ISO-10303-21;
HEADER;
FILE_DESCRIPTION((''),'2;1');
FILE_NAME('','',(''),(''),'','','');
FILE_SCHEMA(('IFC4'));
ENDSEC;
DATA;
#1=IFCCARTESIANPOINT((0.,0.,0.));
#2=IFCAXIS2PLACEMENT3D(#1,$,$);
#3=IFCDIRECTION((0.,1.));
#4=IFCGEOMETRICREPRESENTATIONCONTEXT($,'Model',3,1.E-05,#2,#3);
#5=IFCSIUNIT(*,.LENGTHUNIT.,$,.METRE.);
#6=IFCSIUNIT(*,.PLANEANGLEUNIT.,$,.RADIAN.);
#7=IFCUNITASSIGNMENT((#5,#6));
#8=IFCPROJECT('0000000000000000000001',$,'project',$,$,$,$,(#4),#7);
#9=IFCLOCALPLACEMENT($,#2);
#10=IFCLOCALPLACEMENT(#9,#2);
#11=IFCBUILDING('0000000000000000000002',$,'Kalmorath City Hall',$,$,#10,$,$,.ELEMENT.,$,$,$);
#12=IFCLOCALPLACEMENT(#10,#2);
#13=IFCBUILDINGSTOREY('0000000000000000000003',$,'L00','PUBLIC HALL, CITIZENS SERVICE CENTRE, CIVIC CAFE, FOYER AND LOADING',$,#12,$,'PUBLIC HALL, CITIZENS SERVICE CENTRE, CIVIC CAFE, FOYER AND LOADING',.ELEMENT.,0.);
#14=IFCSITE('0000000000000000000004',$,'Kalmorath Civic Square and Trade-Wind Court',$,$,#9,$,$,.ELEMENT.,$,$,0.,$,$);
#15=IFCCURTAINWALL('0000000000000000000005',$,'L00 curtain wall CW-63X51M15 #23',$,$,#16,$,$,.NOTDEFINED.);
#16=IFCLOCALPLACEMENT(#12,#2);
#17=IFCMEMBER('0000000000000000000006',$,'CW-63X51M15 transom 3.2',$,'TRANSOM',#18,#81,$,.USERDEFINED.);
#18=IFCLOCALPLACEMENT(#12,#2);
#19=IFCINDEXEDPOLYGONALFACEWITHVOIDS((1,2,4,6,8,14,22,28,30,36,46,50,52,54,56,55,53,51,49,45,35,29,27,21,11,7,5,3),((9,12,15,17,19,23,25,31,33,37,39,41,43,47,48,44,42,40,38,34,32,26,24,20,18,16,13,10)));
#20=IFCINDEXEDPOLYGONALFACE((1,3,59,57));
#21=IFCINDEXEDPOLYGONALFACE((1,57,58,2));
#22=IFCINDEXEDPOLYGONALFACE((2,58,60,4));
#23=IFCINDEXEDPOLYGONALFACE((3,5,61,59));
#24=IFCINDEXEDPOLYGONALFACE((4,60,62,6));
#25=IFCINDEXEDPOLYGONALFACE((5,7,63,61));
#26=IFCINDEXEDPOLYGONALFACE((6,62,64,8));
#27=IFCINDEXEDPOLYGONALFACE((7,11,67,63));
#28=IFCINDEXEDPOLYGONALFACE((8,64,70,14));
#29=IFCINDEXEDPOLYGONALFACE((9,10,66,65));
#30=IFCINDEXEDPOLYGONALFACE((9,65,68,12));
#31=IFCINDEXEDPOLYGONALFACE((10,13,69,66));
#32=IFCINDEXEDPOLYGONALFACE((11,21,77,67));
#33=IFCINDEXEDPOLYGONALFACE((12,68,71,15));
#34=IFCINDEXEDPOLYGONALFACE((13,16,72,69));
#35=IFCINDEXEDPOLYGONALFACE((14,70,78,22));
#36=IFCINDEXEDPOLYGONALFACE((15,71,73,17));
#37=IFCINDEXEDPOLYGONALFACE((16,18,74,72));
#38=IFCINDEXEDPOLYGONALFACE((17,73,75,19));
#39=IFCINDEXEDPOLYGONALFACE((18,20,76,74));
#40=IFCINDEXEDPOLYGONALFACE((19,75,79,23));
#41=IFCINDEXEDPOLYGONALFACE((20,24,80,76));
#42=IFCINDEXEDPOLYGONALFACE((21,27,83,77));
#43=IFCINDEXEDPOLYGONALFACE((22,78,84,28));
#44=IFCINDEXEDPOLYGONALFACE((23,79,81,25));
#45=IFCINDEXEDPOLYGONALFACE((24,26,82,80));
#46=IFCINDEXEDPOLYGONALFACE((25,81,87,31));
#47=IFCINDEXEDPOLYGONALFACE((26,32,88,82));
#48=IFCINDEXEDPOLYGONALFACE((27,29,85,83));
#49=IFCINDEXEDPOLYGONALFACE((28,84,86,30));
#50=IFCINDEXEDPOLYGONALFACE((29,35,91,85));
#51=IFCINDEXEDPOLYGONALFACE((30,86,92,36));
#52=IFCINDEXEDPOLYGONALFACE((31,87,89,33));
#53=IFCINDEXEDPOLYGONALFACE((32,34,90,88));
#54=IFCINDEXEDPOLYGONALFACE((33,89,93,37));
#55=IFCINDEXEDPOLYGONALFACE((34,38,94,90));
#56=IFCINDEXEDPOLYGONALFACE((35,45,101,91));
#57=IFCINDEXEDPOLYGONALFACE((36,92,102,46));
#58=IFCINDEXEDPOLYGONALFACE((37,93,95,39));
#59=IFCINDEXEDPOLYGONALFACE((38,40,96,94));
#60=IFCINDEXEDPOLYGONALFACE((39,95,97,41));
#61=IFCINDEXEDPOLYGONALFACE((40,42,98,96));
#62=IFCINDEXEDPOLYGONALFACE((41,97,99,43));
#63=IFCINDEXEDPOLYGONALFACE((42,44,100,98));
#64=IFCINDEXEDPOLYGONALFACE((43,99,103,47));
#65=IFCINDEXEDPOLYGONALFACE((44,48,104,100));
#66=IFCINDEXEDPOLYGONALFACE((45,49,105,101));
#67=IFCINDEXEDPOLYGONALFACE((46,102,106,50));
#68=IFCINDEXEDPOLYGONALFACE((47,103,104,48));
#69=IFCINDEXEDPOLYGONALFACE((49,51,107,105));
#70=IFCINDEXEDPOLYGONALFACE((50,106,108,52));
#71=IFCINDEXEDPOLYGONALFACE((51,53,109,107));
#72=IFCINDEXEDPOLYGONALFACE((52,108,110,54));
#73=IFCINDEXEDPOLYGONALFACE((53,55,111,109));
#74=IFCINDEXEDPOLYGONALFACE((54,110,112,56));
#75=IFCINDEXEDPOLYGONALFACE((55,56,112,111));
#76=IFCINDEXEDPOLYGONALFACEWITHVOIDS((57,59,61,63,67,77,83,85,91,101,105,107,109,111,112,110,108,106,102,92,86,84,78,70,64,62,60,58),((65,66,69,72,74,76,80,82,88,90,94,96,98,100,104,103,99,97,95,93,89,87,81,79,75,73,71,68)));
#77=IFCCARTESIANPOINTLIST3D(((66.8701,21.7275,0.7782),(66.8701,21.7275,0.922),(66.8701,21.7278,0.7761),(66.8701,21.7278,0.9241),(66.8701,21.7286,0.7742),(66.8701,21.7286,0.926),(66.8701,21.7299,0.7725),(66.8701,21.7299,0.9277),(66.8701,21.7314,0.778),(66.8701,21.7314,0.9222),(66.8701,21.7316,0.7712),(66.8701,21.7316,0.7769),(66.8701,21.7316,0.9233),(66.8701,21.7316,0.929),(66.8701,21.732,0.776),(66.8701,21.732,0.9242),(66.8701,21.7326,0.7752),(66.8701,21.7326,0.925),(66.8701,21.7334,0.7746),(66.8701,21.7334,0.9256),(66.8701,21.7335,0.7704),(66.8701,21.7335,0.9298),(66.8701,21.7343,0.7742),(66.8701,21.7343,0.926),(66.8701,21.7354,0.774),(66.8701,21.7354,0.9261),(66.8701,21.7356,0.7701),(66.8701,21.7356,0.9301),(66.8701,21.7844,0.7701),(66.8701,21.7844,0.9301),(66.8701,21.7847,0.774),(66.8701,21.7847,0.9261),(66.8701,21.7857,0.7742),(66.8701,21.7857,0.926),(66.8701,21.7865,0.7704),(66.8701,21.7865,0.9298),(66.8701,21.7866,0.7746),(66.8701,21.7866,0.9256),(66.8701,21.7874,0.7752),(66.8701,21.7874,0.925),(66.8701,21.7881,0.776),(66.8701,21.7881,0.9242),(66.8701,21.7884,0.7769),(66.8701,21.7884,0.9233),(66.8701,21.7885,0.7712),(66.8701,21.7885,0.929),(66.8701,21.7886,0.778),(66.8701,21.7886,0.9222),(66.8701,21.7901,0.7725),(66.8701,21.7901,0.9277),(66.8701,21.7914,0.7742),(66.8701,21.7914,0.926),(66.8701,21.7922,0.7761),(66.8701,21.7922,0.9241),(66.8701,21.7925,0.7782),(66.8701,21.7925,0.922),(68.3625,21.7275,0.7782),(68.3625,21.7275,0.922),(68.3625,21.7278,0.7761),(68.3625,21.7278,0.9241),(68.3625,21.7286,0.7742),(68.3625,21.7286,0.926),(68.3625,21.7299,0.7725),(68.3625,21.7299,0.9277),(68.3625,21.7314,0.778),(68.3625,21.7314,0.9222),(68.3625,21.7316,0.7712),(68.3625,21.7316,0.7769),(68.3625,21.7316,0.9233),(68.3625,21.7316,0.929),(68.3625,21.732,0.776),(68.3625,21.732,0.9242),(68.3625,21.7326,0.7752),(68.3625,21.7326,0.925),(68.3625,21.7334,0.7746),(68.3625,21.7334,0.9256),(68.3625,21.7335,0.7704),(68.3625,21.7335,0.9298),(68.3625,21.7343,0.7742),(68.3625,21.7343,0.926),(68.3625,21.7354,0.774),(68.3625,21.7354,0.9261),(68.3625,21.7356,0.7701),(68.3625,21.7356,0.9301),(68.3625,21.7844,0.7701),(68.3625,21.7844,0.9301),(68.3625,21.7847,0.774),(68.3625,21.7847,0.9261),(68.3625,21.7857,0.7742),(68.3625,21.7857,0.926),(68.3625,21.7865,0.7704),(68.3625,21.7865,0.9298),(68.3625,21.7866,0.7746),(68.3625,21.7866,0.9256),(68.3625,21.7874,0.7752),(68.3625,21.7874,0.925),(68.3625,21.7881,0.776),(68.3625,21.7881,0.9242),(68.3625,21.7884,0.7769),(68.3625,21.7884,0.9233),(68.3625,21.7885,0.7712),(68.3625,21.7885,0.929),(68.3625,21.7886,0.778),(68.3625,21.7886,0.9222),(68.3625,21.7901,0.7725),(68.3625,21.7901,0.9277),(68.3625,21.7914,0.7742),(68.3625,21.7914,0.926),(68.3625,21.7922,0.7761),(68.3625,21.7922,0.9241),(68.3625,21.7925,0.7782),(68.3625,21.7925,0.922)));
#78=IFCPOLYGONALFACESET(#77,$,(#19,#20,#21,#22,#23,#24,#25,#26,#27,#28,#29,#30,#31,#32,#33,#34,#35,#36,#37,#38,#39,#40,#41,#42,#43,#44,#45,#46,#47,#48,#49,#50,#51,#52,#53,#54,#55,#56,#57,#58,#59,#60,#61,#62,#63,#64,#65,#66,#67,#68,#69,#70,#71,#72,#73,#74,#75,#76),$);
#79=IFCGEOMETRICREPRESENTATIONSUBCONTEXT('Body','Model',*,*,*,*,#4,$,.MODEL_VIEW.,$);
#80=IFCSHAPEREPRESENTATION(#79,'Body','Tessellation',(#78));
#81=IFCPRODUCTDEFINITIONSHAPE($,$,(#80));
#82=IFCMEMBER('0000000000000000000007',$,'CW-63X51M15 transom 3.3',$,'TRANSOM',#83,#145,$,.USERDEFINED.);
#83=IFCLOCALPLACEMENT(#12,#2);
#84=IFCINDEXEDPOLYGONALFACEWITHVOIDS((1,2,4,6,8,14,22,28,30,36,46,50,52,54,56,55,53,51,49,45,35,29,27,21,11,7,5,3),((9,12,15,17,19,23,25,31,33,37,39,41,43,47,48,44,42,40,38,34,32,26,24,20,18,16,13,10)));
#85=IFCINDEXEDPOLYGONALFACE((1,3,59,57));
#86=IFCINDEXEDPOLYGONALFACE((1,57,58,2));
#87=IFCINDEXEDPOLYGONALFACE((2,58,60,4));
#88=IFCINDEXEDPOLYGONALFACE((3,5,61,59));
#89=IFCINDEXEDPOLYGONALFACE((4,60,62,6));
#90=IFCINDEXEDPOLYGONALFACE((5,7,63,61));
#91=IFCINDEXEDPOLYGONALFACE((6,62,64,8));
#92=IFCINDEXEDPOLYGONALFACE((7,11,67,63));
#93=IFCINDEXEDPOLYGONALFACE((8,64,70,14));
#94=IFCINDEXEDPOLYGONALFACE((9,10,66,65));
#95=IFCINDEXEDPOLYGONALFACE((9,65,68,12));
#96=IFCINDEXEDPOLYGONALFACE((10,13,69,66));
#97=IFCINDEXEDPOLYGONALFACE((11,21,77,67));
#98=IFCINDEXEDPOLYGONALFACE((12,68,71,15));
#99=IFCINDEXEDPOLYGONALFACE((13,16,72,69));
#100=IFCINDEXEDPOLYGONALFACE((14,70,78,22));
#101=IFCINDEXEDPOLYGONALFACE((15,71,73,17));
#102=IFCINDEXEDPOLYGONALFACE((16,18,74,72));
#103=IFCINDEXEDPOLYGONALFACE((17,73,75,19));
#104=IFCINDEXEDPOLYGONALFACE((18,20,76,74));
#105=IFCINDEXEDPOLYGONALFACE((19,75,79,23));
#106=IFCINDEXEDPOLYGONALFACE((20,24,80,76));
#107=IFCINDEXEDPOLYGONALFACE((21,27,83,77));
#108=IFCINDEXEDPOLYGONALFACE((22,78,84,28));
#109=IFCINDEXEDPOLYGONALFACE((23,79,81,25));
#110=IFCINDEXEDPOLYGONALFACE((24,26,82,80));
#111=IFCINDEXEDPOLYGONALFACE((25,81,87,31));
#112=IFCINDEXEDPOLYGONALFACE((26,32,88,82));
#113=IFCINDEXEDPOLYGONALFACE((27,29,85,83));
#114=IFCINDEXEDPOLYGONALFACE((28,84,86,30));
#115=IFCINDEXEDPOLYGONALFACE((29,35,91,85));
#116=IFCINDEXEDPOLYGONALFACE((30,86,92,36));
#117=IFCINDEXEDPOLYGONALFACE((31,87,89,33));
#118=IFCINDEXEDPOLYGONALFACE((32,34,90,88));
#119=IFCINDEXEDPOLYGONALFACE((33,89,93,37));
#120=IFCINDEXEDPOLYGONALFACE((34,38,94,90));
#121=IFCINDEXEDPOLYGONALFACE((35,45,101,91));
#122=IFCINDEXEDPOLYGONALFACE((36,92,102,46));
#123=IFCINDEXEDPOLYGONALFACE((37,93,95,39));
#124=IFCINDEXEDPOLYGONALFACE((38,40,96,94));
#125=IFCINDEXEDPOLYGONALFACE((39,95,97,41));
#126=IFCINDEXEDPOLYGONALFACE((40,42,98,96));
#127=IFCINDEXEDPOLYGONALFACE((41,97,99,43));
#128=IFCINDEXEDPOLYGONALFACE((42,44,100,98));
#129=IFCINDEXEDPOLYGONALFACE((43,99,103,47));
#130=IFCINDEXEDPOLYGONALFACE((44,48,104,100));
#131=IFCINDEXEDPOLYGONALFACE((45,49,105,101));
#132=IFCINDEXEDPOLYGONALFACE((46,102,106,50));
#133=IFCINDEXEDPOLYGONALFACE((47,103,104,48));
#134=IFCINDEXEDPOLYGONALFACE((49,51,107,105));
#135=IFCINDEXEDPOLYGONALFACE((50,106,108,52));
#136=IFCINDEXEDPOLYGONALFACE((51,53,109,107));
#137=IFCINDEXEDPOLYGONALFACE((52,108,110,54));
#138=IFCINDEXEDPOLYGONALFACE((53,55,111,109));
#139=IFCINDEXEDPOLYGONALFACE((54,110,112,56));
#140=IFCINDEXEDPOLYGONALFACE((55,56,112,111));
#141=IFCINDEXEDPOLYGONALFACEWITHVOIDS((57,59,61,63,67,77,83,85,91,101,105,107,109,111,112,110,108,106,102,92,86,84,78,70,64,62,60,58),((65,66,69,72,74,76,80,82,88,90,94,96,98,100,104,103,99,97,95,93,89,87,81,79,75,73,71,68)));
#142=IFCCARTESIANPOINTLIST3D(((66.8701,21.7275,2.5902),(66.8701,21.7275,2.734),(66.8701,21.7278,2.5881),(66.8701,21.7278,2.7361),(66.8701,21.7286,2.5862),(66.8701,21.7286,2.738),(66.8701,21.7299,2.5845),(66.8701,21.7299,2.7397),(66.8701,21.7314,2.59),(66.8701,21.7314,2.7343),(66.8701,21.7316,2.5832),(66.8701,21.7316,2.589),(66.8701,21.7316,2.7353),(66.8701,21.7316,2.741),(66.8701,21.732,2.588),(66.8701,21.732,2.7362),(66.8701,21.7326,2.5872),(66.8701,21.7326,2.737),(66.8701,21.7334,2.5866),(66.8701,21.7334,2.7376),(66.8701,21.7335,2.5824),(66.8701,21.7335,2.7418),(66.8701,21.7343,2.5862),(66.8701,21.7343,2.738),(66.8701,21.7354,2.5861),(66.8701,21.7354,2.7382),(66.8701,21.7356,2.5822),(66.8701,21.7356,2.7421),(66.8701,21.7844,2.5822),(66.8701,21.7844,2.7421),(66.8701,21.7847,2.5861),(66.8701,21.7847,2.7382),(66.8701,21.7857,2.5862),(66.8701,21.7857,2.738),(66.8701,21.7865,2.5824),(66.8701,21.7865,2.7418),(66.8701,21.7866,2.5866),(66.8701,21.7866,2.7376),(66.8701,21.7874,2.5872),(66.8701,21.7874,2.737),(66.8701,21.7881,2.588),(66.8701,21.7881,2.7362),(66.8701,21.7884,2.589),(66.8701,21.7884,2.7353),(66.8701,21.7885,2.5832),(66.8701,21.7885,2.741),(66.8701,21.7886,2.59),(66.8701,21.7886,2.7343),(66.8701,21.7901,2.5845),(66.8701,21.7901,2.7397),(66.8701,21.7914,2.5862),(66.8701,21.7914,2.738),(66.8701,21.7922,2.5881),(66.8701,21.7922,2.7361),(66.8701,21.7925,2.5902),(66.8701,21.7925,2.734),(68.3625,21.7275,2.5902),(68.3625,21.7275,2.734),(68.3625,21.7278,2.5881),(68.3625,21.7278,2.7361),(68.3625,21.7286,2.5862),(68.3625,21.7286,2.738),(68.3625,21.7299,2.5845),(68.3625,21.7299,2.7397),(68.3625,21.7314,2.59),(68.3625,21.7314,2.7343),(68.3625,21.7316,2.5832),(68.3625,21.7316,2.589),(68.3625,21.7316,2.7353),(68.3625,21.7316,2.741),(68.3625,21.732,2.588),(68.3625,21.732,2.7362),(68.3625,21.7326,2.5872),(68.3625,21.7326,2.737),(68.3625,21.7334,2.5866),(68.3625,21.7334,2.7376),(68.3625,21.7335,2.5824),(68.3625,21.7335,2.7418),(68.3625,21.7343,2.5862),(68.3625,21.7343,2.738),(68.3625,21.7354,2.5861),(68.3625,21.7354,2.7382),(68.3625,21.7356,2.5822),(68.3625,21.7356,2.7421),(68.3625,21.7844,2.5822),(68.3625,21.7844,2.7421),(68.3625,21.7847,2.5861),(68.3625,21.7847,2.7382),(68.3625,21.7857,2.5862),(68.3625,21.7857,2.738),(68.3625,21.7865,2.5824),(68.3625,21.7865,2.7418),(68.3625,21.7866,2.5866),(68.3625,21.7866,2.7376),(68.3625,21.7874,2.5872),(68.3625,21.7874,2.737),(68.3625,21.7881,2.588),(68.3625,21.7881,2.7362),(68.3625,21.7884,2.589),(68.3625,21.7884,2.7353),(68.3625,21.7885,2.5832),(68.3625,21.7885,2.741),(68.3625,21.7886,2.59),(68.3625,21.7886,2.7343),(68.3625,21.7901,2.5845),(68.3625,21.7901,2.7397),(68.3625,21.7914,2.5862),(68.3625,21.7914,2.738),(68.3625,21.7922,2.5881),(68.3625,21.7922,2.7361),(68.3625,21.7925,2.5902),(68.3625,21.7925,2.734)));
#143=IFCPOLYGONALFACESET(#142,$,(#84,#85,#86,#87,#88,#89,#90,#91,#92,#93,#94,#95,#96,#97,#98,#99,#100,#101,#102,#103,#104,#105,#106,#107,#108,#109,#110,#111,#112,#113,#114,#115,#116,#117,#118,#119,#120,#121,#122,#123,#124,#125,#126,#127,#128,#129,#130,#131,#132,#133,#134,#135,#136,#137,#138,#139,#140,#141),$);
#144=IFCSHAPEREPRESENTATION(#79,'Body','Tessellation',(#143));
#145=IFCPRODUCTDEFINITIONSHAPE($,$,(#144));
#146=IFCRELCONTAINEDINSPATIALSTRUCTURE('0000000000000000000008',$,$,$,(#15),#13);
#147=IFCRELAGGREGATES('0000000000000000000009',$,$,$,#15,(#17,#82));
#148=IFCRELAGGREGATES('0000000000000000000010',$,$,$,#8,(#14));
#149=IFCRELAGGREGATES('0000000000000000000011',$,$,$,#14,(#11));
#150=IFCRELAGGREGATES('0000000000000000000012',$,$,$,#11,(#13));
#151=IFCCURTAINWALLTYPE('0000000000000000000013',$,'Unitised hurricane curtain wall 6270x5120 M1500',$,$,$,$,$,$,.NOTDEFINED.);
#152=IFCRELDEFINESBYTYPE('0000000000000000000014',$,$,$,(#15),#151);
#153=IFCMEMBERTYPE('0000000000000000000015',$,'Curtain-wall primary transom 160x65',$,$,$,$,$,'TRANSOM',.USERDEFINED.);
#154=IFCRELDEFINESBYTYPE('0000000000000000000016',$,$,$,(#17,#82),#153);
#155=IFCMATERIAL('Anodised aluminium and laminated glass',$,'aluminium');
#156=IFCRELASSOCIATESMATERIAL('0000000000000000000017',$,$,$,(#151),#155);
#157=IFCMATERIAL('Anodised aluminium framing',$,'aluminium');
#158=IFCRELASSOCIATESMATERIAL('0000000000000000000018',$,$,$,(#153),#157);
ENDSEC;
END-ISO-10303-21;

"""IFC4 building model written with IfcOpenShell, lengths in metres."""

from ifc_helpers import new_model, si_unit, direction, frame, origin, origin_2d, place, context, subcontext, project, spatial, hollow_rectangle, extrude, material, material_profile, profile_set, type_object, element, aggregate, save


model = new_model("IFC4")

# Units and contexts
model_context = context("Model", 3, precision=1e-05, world=origin(), true_north=direction((0.0, 1.0)))
body_context = subcontext(model_context, "Body", "Model", "MODEL_VIEW")
ifc_project = project(units=[si_unit("LENGTHUNIT", "METRE"), si_unit("PLANEANGLEUNIT", "RADIAN")], contexts=[model_context])

# Site, building, storey
site_placement = place(None, origin())
site = spatial("IfcSite", under=ifc_project, at=site_placement, Name="Kalmorath Civic Square and Trade-Wind Court", CompositionType="ELEMENT", RefElevation=0.0)
building_placement = place(site_placement, origin())
building = spatial("IfcBuilding", under=site, at=building_placement, Name="Kalmorath City Hall", CompositionType="ELEMENT")
storey_placement = place(building_placement, origin())
storey = spatial("IfcBuildingStorey", under=building, at=storey_placement, Name="L00", Description="PUBLIC HALL, CITIZENS SERVICE CENTRE, CIVIC CAFE, FOYER AND LOADING", LongName="PUBLIC HALL, CITIZENS SERVICE CENTRE, CIVIC CAFE, FOYER AND LOADING", CompositionType="ELEMENT", Elevation=0.0)

# Curtain wall
ifc_material_1 = material(Name="Anodised aluminium and laminated glass", Category="aluminium")
curtain_wall_type_1 = type_object("IfcCurtainWallType", Name="Unitised hurricane curtain wall 6270x5120 M1500", PredefinedType="NOTDEFINED", material=ifc_material_1)
curtain_wall_1_placement = place(storey_placement, origin())
curtain_wall_1 = element("IfcCurtainWall", 1, at=curtain_wall_1_placement, inside=storey, type_object=curtain_wall_type_1, Name="L00 curtain wall CW-63X51M15 #23", PredefinedType="NOTDEFINED")

# Members
ifc_material_2 = material(Name="Anodised aluminium framing", Category="aluminium")
ifc_material_profile_1 = material_profile(ifc_material_2, hollow_rectangle(XDim=0.0649, YDim=0.1599, WallThickness=0.0039, InnerFilletRadius=0.0039, OuterFilletRadius=0.0081, at=origin_2d()), Name="ALU-TRN-160X65X4")
ifc_profile_set_1 = profile_set([ifc_material_profile_1], Name="Anodised aluminium framing")
member_type_1 = type_object("IfcMemberType", Name="Curtain-wall primary transom 160x65", ElementType="TRANSOM", PredefinedType="USERDEFINED", material=ifc_profile_set_1)
member_1_placement = place(storey_placement, frame((68.3625, 21.76, 0.8501), z_axis=(-1.0, 0.0, 0.0), x_axis=(0.0, -1.0, 0.0)))
member_1 = element("IfcMember", 2, at=member_1_placement, type_object=member_type_1, Name="CW-63X51M15 transom 3.2", ObjectType="TRANSOM", PredefinedType="USERDEFINED", context=body_context, shape_type="SweptSolid", body=[
    extrude(hollow_rectangle(XDim=0.0649, YDim=0.1599, WallThickness=0.0039, InnerFilletRadius=0.0039, OuterFilletRadius=0.0081, at=origin_2d()), origin(), (0.0, 0.0, 1.0), 1.4924),
])
member_2_placement = place(storey_placement, frame((68.3625, 21.76, 2.6621), z_axis=(-1.0, 0.0, 0.0), x_axis=(0.0, -1.0, 0.0)))
member_2 = element("IfcMember", 3, at=member_2_placement, type_object=member_type_1, Name="CW-63X51M15 transom 3.3", ObjectType="TRANSOM", PredefinedType="USERDEFINED", context=body_context, shape_type="SweptSolid", body=[
    extrude(hollow_rectangle(XDim=0.0649, YDim=0.1599, WallThickness=0.0039, InnerFilletRadius=0.0039, OuterFilletRadius=0.0081, at=origin_2d()), origin(), (0.0, 0.0, 1.0), 1.4924),
])

aggregate(curtain_wall_1, [member_1, member_2])

save(model, "model.ifc")
